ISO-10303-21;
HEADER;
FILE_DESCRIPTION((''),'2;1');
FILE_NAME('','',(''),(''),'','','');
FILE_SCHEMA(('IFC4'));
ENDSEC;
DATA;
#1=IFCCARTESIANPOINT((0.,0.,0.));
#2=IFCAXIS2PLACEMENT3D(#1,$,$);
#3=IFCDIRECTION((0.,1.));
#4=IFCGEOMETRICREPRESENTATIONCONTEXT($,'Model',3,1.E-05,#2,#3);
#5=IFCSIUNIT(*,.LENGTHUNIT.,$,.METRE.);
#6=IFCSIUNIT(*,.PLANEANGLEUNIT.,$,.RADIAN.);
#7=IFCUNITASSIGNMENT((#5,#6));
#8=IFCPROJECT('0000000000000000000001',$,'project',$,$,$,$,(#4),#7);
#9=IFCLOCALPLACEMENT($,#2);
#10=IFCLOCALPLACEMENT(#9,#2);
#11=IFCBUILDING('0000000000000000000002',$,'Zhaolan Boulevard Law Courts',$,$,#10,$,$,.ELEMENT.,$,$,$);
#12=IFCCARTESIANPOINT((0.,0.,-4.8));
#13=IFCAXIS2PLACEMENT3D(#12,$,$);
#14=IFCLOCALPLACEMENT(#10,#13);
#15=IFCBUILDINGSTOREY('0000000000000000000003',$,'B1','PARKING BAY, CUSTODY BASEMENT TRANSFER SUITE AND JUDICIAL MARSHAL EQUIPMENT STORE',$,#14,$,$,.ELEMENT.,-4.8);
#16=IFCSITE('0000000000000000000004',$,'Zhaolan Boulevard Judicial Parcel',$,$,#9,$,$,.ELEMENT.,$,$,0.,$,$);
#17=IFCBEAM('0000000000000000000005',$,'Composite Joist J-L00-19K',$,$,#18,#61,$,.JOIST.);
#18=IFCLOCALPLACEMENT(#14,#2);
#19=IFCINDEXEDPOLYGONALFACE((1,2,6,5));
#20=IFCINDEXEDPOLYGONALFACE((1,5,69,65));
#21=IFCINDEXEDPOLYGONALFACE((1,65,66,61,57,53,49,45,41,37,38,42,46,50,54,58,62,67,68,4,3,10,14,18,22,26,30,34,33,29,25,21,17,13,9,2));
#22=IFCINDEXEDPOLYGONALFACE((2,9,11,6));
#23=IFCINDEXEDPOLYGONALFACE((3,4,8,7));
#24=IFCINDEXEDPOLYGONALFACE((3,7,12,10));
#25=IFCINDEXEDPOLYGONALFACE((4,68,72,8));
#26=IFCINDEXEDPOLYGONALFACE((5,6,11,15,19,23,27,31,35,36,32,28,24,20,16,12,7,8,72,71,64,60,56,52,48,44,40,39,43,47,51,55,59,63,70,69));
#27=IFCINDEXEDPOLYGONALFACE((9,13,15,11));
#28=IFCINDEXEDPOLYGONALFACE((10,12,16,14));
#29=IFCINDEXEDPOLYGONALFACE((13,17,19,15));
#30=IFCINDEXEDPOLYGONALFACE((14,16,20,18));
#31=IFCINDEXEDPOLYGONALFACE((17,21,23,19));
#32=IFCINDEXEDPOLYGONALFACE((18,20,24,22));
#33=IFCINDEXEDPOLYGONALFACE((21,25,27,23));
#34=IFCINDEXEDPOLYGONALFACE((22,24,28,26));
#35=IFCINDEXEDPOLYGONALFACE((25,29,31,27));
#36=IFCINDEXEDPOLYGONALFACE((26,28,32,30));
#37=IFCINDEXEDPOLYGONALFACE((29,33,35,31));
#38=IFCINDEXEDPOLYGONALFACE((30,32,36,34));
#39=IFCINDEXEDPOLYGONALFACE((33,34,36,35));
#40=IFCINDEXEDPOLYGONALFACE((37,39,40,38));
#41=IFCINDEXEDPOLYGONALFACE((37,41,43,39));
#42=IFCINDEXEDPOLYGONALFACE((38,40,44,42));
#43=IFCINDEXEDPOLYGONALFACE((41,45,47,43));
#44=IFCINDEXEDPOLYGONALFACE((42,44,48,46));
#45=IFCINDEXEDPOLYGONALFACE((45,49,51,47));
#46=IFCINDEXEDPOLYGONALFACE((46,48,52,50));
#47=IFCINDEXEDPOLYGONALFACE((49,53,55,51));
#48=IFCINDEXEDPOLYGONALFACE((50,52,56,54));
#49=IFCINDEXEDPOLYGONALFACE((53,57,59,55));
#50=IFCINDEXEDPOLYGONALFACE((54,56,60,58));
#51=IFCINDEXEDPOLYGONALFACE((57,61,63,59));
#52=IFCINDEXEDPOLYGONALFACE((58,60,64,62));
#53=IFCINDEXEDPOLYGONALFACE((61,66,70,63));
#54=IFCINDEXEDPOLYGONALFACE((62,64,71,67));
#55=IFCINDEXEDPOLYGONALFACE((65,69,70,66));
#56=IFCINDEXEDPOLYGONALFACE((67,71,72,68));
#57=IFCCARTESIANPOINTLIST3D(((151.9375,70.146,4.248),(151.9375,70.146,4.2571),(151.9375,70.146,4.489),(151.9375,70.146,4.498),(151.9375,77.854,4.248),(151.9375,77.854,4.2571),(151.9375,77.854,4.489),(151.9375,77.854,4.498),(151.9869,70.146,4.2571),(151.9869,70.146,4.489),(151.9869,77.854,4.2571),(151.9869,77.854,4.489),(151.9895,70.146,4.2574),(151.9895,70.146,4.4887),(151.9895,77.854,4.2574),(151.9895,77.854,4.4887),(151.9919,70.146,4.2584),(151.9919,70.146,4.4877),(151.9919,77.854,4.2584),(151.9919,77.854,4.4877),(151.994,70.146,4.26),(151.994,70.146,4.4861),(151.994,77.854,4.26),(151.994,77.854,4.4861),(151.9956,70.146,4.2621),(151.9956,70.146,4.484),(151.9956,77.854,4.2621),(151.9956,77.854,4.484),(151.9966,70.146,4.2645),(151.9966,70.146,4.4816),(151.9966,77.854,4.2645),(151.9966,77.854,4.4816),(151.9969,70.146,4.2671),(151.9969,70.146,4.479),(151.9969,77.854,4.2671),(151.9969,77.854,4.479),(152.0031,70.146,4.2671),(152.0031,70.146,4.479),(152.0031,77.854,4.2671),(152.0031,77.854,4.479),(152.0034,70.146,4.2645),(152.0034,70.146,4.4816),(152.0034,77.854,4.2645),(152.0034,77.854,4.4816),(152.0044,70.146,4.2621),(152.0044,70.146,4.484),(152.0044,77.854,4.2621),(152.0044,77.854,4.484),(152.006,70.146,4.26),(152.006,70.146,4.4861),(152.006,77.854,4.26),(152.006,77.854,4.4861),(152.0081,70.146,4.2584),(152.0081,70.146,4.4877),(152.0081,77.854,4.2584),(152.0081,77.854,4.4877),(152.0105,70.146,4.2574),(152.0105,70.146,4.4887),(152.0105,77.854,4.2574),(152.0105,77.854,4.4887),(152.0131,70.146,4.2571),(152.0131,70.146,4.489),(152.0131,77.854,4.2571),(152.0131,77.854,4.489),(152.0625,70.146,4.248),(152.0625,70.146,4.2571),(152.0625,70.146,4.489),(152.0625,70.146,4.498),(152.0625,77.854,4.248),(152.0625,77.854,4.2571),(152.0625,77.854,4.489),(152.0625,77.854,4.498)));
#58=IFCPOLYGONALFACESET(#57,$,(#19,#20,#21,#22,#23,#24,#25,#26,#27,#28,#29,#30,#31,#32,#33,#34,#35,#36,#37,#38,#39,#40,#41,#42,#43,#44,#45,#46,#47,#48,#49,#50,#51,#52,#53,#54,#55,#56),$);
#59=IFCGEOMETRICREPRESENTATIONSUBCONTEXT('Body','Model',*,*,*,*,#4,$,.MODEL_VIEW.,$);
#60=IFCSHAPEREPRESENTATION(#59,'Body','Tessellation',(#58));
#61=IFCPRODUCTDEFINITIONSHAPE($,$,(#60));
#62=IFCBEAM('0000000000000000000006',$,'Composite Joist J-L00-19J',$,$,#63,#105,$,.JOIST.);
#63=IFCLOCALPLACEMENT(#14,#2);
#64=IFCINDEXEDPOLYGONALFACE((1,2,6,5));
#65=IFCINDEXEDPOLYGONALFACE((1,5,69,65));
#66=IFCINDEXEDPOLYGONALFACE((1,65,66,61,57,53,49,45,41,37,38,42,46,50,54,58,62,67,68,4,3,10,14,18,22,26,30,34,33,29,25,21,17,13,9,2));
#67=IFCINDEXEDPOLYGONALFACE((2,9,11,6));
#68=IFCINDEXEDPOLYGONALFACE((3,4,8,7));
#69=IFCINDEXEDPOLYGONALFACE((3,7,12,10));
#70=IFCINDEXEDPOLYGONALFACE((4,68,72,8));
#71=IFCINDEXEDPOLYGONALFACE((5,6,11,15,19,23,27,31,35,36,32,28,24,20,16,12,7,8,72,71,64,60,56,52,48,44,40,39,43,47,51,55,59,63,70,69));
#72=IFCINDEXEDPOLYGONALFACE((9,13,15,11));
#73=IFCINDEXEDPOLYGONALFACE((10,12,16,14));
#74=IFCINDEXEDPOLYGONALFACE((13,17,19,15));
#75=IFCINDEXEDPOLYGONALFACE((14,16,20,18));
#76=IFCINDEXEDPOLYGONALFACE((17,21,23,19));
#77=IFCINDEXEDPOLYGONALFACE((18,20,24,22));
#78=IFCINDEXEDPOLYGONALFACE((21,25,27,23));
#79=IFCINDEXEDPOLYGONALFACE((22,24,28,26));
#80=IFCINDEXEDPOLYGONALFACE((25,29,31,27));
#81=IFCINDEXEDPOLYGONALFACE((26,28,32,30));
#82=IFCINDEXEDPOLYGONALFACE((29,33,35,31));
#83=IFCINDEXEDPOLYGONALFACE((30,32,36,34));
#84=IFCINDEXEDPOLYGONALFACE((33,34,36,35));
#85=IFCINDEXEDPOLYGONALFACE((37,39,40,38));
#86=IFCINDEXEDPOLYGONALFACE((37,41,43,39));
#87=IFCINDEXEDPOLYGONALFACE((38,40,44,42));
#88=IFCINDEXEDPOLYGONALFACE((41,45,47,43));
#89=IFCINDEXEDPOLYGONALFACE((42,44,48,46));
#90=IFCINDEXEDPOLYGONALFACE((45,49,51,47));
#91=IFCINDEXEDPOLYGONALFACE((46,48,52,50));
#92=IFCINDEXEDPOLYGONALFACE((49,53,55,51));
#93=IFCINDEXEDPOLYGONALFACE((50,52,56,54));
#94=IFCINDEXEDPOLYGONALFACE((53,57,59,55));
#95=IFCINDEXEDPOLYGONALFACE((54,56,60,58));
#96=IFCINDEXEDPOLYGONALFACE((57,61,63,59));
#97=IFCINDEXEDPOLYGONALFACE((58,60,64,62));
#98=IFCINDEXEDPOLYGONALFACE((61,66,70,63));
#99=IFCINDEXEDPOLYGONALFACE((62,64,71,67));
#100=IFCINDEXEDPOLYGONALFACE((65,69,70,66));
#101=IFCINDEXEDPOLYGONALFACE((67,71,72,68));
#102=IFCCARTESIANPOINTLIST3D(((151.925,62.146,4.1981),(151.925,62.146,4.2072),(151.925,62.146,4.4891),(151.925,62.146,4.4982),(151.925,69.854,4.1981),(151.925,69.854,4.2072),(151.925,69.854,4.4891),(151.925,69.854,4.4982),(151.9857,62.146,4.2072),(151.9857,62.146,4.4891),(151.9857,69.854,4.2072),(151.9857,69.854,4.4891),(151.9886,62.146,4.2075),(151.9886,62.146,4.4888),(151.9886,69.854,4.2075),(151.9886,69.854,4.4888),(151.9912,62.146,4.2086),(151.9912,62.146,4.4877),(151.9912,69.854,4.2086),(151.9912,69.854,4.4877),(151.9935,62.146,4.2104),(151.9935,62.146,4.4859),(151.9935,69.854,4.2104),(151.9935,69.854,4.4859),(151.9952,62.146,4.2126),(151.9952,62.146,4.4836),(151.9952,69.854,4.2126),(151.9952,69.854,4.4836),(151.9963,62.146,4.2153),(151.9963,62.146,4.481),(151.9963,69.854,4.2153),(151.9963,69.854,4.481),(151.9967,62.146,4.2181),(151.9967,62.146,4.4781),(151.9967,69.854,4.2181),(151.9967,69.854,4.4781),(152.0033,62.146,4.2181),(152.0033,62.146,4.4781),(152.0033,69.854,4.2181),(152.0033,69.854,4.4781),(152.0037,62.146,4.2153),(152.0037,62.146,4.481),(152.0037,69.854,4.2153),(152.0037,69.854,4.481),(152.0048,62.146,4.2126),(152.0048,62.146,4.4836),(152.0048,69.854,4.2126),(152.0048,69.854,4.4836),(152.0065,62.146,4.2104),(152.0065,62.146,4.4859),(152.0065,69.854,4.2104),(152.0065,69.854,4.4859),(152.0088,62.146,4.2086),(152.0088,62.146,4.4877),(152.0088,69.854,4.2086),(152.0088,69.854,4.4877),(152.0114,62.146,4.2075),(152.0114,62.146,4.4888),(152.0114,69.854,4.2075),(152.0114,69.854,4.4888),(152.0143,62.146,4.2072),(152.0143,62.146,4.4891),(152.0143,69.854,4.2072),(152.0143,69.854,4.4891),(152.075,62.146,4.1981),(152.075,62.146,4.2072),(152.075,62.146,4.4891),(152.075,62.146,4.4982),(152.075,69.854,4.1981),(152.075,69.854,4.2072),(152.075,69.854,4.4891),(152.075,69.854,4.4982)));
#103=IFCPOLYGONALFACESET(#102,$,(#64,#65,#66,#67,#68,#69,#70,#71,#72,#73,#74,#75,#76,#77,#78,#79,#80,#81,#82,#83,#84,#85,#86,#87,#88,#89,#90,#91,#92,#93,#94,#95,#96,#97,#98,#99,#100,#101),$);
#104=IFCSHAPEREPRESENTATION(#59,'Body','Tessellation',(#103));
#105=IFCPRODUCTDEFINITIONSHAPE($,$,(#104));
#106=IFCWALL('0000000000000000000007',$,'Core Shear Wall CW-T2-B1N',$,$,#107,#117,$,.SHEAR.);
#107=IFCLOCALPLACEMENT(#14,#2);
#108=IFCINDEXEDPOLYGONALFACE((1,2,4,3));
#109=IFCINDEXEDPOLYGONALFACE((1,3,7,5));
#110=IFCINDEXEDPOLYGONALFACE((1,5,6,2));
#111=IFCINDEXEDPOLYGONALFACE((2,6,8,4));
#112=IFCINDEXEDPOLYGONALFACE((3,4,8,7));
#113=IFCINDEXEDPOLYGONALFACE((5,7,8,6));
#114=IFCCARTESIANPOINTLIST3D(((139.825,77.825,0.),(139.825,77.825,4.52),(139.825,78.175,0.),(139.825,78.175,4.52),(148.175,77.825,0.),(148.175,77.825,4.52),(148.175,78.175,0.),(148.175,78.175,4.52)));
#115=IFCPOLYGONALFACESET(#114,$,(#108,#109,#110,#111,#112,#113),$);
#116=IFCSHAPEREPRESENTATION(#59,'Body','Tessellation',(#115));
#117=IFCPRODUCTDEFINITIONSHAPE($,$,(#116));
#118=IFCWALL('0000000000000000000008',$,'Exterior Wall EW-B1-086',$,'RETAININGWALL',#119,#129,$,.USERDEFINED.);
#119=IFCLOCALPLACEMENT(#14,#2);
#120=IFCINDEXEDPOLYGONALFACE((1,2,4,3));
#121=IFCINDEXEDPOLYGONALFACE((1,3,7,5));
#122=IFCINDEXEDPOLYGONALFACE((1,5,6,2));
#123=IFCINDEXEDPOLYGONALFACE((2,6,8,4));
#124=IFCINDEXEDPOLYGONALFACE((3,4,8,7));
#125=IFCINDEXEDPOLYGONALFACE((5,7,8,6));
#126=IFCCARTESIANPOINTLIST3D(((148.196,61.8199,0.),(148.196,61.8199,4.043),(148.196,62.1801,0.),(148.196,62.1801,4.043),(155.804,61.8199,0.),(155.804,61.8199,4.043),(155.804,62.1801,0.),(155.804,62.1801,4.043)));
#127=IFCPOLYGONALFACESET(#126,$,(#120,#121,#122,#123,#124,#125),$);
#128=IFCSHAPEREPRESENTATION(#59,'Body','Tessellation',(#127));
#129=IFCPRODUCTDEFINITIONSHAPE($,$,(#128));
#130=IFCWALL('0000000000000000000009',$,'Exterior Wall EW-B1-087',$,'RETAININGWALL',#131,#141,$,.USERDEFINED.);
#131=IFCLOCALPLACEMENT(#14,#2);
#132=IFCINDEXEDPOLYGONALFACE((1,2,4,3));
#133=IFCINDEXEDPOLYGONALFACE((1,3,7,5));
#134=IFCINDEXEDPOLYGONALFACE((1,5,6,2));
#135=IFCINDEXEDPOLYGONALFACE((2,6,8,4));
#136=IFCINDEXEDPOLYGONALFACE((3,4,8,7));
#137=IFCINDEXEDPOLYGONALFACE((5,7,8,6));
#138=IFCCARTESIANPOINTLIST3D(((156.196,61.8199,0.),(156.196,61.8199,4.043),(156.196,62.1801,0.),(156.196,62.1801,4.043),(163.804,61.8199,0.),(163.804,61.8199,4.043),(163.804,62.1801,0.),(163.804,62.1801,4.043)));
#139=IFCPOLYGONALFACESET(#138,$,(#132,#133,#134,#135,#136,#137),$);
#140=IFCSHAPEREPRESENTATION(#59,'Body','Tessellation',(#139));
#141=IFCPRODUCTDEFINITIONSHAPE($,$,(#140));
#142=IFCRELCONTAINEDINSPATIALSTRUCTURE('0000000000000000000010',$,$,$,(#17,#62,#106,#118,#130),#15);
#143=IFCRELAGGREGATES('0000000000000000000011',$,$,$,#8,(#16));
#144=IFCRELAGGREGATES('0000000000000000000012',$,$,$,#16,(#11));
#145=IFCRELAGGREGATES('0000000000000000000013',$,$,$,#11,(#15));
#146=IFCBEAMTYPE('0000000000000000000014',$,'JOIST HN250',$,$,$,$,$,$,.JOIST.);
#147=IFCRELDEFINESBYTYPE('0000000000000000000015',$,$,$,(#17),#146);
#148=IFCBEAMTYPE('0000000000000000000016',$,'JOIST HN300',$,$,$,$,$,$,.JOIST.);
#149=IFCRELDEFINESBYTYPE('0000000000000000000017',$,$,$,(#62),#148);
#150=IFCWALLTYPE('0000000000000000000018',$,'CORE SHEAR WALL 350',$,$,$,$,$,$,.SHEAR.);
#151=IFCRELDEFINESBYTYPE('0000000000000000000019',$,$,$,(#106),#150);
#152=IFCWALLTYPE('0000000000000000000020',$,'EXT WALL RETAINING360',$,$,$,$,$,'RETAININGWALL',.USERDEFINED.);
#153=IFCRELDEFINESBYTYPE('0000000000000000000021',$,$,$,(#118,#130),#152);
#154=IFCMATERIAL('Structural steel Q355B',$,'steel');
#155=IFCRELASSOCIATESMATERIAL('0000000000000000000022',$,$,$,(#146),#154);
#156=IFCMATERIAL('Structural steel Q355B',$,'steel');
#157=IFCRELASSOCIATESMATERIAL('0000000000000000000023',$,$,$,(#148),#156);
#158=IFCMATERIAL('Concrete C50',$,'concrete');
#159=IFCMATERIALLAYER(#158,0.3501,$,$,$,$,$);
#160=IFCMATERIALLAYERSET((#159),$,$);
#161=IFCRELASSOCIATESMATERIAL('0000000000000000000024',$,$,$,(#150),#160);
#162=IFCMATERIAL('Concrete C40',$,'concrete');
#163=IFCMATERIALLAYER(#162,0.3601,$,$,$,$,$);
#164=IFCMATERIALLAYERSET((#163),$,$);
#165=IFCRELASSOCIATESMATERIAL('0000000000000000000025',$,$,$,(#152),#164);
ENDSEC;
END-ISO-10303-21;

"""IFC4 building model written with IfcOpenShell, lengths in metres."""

from ifc_helpers import new_model, si_unit, direction, frame, frame_2d, origin, origin_2d, place, context, subcontext, project, spatial, rectangle, i_section, extrude, material, layer, layer_set, material_profile, profile_set, type_object, element, save


model = new_model("IFC4")

# Units and contexts
model_context = context("Model", 3, precision=1e-05, world=origin(), true_north=direction((0.0, 1.0)))
body_context = subcontext(model_context, "Body", "Model", "MODEL_VIEW")
ifc_project = project(units=[si_unit("LENGTHUNIT", "METRE"), si_unit("PLANEANGLEUNIT", "RADIAN")], contexts=[model_context])

# Site, building, storey
site_placement = place(None, origin())
site = spatial("IfcSite", under=ifc_project, at=site_placement, Name="Zhaolan Boulevard Judicial Parcel", CompositionType="ELEMENT", RefElevation=0.0)
building_placement = place(site_placement, origin())
building = spatial("IfcBuilding", under=site, at=building_placement, Name="Zhaolan Boulevard Law Courts", CompositionType="ELEMENT")
storey_placement = place(building_placement, frame((0.0, 0.0, -4.8)))
storey = spatial("IfcBuildingStorey", under=building, at=storey_placement, Name="B1", Description="PARKING BAY, CUSTODY BASEMENT TRANSFER SUITE AND JUDICIAL MARSHAL EQUIPMENT STORE", CompositionType="ELEMENT", Elevation=-4.8)

# Beams
ifc_material_1 = material(Name="Structural steel Q355B", Category="steel")
ifc_material_profile_1 = material_profile(ifc_material_1, i_section(OverallWidth=0.125, OverallDepth=0.25, WebThickness=0.0061, FlangeThickness=0.009, FilletRadius=0.01, at=origin_2d()), Name="HN250x125")
ifc_profile_set_1 = profile_set([ifc_material_profile_1], Name="Structural steel Q355B")
beam_type_1 = type_object("IfcBeamType", Name="JOIST HN250", PredefinedType="JOIST", material=ifc_profile_set_1)
beam_1_placement = place(storey_placement, frame((152.0, 70.146, 4.373), z_axis=(0.0, 1.0, 0.0), x_axis=(-1.0, 0.0, 0.0)))
element("IfcBeam", 1, at=beam_1_placement, inside=storey, type_object=beam_type_1, Name="Composite Joist J-L00-19K", PredefinedType="JOIST", context=body_context, shape_type="SweptSolid", body=[
    extrude(i_section(OverallWidth=0.125, OverallDepth=0.25, WebThickness=0.0061, FlangeThickness=0.009, FilletRadius=0.01, at=origin_2d()), origin(), (0.0, 0.0, 1.0), 7.708),
])
ifc_material_2 = material(Name="Structural steel Q355B", Category="steel")
ifc_material_profile_2 = material_profile(ifc_material_2, i_section(OverallWidth=0.1499, OverallDepth=0.3, WebThickness=0.0066, FlangeThickness=0.009, FilletRadius=0.011, at=origin_2d()), Name="HN300x150")
ifc_profile_set_2 = profile_set([ifc_material_profile_2], Name="Structural steel Q355B")
beam_type_2 = type_object("IfcBeamType", Name="JOIST HN300", PredefinedType="JOIST", material=ifc_profile_set_2)
beam_2_placement = place(storey_placement, frame((152.0, 62.146, 4.3481), z_axis=(0.0, 1.0, 0.0), x_axis=(-1.0, 0.0, 0.0)))
element("IfcBeam", 2, at=beam_2_placement, inside=storey, type_object=beam_type_2, Name="Composite Joist J-L00-19J", PredefinedType="JOIST", context=body_context, shape_type="SweptSolid", body=[
    extrude(i_section(OverallWidth=0.1499, OverallDepth=0.3, WebThickness=0.0066, FlangeThickness=0.009, FilletRadius=0.011, at=origin_2d()), origin(), (0.0, 0.0, 1.0), 7.708),
])

# Walls
ifc_material_3 = material(Name="Concrete C50", Category="concrete")
ifc_layer_1 = layer(ifc_material_3, 0.3501)
ifc_layer_set_1 = layer_set([ifc_layer_1])
wall_type_1 = type_object("IfcWallType", Name="CORE SHEAR WALL 350", PredefinedType="SHEAR", material=ifc_layer_set_1)
wall_placement = place(storey_placement, frame((148.175, 78.0, 0.0), z_axis=(0.0, 0.0, 1.0), x_axis=(-1.0, 0.0, 0.0)))
element("IfcWall", 3, at=wall_placement, inside=storey, type_object=wall_type_1, Name="Core Shear Wall CW-T2-B1N", PredefinedType="SHEAR", context=body_context, shape_type="SweptSolid", body=[
    extrude(rectangle(XDim=8.3501, YDim=0.3501, at=frame_2d((4.175, 0.0))), origin(), (0.0, 0.0, 1.0), 4.52),
])
ifc_material_4 = material(Name="Concrete C40", Category="concrete")
ifc_layer_2 = layer(ifc_material_4, 0.3601)
ifc_layer_set_2 = layer_set([ifc_layer_2])
wall_type_2 = type_object("IfcWallType", Name="EXT WALL RETAINING360", ElementType="RETAININGWALL", PredefinedType="USERDEFINED", material=ifc_layer_set_2)
for number, where, z_axis, x_axis, name in (
    (4, (148.196, 62.0, 0.0), (0.0, 0.0, 1.0), (1.0, 0.0, 0.0), "Exterior Wall EW-B1-086"),
    (5, (156.196, 62.0, 0.0), (0.0, 0.0, 1.0), (1.0, 0.0, 0.0), "Exterior Wall EW-B1-087"),
):
    element("IfcWall", number, at=place(storey_placement, frame(where, z_axis=z_axis, x_axis=x_axis)), inside=storey, type_object=wall_type_2, Name=name, ObjectType="RETAININGWALL", PredefinedType="USERDEFINED", context=body_context, shape_type="SweptSolid", body=[
        extrude(rectangle(XDim=7.6079, YDim=0.3601, at=frame_2d((3.804, 0.0))), origin(), (0.0, 0.0, 1.0), 4.043),
    ])

save(model, "model.ifc")
